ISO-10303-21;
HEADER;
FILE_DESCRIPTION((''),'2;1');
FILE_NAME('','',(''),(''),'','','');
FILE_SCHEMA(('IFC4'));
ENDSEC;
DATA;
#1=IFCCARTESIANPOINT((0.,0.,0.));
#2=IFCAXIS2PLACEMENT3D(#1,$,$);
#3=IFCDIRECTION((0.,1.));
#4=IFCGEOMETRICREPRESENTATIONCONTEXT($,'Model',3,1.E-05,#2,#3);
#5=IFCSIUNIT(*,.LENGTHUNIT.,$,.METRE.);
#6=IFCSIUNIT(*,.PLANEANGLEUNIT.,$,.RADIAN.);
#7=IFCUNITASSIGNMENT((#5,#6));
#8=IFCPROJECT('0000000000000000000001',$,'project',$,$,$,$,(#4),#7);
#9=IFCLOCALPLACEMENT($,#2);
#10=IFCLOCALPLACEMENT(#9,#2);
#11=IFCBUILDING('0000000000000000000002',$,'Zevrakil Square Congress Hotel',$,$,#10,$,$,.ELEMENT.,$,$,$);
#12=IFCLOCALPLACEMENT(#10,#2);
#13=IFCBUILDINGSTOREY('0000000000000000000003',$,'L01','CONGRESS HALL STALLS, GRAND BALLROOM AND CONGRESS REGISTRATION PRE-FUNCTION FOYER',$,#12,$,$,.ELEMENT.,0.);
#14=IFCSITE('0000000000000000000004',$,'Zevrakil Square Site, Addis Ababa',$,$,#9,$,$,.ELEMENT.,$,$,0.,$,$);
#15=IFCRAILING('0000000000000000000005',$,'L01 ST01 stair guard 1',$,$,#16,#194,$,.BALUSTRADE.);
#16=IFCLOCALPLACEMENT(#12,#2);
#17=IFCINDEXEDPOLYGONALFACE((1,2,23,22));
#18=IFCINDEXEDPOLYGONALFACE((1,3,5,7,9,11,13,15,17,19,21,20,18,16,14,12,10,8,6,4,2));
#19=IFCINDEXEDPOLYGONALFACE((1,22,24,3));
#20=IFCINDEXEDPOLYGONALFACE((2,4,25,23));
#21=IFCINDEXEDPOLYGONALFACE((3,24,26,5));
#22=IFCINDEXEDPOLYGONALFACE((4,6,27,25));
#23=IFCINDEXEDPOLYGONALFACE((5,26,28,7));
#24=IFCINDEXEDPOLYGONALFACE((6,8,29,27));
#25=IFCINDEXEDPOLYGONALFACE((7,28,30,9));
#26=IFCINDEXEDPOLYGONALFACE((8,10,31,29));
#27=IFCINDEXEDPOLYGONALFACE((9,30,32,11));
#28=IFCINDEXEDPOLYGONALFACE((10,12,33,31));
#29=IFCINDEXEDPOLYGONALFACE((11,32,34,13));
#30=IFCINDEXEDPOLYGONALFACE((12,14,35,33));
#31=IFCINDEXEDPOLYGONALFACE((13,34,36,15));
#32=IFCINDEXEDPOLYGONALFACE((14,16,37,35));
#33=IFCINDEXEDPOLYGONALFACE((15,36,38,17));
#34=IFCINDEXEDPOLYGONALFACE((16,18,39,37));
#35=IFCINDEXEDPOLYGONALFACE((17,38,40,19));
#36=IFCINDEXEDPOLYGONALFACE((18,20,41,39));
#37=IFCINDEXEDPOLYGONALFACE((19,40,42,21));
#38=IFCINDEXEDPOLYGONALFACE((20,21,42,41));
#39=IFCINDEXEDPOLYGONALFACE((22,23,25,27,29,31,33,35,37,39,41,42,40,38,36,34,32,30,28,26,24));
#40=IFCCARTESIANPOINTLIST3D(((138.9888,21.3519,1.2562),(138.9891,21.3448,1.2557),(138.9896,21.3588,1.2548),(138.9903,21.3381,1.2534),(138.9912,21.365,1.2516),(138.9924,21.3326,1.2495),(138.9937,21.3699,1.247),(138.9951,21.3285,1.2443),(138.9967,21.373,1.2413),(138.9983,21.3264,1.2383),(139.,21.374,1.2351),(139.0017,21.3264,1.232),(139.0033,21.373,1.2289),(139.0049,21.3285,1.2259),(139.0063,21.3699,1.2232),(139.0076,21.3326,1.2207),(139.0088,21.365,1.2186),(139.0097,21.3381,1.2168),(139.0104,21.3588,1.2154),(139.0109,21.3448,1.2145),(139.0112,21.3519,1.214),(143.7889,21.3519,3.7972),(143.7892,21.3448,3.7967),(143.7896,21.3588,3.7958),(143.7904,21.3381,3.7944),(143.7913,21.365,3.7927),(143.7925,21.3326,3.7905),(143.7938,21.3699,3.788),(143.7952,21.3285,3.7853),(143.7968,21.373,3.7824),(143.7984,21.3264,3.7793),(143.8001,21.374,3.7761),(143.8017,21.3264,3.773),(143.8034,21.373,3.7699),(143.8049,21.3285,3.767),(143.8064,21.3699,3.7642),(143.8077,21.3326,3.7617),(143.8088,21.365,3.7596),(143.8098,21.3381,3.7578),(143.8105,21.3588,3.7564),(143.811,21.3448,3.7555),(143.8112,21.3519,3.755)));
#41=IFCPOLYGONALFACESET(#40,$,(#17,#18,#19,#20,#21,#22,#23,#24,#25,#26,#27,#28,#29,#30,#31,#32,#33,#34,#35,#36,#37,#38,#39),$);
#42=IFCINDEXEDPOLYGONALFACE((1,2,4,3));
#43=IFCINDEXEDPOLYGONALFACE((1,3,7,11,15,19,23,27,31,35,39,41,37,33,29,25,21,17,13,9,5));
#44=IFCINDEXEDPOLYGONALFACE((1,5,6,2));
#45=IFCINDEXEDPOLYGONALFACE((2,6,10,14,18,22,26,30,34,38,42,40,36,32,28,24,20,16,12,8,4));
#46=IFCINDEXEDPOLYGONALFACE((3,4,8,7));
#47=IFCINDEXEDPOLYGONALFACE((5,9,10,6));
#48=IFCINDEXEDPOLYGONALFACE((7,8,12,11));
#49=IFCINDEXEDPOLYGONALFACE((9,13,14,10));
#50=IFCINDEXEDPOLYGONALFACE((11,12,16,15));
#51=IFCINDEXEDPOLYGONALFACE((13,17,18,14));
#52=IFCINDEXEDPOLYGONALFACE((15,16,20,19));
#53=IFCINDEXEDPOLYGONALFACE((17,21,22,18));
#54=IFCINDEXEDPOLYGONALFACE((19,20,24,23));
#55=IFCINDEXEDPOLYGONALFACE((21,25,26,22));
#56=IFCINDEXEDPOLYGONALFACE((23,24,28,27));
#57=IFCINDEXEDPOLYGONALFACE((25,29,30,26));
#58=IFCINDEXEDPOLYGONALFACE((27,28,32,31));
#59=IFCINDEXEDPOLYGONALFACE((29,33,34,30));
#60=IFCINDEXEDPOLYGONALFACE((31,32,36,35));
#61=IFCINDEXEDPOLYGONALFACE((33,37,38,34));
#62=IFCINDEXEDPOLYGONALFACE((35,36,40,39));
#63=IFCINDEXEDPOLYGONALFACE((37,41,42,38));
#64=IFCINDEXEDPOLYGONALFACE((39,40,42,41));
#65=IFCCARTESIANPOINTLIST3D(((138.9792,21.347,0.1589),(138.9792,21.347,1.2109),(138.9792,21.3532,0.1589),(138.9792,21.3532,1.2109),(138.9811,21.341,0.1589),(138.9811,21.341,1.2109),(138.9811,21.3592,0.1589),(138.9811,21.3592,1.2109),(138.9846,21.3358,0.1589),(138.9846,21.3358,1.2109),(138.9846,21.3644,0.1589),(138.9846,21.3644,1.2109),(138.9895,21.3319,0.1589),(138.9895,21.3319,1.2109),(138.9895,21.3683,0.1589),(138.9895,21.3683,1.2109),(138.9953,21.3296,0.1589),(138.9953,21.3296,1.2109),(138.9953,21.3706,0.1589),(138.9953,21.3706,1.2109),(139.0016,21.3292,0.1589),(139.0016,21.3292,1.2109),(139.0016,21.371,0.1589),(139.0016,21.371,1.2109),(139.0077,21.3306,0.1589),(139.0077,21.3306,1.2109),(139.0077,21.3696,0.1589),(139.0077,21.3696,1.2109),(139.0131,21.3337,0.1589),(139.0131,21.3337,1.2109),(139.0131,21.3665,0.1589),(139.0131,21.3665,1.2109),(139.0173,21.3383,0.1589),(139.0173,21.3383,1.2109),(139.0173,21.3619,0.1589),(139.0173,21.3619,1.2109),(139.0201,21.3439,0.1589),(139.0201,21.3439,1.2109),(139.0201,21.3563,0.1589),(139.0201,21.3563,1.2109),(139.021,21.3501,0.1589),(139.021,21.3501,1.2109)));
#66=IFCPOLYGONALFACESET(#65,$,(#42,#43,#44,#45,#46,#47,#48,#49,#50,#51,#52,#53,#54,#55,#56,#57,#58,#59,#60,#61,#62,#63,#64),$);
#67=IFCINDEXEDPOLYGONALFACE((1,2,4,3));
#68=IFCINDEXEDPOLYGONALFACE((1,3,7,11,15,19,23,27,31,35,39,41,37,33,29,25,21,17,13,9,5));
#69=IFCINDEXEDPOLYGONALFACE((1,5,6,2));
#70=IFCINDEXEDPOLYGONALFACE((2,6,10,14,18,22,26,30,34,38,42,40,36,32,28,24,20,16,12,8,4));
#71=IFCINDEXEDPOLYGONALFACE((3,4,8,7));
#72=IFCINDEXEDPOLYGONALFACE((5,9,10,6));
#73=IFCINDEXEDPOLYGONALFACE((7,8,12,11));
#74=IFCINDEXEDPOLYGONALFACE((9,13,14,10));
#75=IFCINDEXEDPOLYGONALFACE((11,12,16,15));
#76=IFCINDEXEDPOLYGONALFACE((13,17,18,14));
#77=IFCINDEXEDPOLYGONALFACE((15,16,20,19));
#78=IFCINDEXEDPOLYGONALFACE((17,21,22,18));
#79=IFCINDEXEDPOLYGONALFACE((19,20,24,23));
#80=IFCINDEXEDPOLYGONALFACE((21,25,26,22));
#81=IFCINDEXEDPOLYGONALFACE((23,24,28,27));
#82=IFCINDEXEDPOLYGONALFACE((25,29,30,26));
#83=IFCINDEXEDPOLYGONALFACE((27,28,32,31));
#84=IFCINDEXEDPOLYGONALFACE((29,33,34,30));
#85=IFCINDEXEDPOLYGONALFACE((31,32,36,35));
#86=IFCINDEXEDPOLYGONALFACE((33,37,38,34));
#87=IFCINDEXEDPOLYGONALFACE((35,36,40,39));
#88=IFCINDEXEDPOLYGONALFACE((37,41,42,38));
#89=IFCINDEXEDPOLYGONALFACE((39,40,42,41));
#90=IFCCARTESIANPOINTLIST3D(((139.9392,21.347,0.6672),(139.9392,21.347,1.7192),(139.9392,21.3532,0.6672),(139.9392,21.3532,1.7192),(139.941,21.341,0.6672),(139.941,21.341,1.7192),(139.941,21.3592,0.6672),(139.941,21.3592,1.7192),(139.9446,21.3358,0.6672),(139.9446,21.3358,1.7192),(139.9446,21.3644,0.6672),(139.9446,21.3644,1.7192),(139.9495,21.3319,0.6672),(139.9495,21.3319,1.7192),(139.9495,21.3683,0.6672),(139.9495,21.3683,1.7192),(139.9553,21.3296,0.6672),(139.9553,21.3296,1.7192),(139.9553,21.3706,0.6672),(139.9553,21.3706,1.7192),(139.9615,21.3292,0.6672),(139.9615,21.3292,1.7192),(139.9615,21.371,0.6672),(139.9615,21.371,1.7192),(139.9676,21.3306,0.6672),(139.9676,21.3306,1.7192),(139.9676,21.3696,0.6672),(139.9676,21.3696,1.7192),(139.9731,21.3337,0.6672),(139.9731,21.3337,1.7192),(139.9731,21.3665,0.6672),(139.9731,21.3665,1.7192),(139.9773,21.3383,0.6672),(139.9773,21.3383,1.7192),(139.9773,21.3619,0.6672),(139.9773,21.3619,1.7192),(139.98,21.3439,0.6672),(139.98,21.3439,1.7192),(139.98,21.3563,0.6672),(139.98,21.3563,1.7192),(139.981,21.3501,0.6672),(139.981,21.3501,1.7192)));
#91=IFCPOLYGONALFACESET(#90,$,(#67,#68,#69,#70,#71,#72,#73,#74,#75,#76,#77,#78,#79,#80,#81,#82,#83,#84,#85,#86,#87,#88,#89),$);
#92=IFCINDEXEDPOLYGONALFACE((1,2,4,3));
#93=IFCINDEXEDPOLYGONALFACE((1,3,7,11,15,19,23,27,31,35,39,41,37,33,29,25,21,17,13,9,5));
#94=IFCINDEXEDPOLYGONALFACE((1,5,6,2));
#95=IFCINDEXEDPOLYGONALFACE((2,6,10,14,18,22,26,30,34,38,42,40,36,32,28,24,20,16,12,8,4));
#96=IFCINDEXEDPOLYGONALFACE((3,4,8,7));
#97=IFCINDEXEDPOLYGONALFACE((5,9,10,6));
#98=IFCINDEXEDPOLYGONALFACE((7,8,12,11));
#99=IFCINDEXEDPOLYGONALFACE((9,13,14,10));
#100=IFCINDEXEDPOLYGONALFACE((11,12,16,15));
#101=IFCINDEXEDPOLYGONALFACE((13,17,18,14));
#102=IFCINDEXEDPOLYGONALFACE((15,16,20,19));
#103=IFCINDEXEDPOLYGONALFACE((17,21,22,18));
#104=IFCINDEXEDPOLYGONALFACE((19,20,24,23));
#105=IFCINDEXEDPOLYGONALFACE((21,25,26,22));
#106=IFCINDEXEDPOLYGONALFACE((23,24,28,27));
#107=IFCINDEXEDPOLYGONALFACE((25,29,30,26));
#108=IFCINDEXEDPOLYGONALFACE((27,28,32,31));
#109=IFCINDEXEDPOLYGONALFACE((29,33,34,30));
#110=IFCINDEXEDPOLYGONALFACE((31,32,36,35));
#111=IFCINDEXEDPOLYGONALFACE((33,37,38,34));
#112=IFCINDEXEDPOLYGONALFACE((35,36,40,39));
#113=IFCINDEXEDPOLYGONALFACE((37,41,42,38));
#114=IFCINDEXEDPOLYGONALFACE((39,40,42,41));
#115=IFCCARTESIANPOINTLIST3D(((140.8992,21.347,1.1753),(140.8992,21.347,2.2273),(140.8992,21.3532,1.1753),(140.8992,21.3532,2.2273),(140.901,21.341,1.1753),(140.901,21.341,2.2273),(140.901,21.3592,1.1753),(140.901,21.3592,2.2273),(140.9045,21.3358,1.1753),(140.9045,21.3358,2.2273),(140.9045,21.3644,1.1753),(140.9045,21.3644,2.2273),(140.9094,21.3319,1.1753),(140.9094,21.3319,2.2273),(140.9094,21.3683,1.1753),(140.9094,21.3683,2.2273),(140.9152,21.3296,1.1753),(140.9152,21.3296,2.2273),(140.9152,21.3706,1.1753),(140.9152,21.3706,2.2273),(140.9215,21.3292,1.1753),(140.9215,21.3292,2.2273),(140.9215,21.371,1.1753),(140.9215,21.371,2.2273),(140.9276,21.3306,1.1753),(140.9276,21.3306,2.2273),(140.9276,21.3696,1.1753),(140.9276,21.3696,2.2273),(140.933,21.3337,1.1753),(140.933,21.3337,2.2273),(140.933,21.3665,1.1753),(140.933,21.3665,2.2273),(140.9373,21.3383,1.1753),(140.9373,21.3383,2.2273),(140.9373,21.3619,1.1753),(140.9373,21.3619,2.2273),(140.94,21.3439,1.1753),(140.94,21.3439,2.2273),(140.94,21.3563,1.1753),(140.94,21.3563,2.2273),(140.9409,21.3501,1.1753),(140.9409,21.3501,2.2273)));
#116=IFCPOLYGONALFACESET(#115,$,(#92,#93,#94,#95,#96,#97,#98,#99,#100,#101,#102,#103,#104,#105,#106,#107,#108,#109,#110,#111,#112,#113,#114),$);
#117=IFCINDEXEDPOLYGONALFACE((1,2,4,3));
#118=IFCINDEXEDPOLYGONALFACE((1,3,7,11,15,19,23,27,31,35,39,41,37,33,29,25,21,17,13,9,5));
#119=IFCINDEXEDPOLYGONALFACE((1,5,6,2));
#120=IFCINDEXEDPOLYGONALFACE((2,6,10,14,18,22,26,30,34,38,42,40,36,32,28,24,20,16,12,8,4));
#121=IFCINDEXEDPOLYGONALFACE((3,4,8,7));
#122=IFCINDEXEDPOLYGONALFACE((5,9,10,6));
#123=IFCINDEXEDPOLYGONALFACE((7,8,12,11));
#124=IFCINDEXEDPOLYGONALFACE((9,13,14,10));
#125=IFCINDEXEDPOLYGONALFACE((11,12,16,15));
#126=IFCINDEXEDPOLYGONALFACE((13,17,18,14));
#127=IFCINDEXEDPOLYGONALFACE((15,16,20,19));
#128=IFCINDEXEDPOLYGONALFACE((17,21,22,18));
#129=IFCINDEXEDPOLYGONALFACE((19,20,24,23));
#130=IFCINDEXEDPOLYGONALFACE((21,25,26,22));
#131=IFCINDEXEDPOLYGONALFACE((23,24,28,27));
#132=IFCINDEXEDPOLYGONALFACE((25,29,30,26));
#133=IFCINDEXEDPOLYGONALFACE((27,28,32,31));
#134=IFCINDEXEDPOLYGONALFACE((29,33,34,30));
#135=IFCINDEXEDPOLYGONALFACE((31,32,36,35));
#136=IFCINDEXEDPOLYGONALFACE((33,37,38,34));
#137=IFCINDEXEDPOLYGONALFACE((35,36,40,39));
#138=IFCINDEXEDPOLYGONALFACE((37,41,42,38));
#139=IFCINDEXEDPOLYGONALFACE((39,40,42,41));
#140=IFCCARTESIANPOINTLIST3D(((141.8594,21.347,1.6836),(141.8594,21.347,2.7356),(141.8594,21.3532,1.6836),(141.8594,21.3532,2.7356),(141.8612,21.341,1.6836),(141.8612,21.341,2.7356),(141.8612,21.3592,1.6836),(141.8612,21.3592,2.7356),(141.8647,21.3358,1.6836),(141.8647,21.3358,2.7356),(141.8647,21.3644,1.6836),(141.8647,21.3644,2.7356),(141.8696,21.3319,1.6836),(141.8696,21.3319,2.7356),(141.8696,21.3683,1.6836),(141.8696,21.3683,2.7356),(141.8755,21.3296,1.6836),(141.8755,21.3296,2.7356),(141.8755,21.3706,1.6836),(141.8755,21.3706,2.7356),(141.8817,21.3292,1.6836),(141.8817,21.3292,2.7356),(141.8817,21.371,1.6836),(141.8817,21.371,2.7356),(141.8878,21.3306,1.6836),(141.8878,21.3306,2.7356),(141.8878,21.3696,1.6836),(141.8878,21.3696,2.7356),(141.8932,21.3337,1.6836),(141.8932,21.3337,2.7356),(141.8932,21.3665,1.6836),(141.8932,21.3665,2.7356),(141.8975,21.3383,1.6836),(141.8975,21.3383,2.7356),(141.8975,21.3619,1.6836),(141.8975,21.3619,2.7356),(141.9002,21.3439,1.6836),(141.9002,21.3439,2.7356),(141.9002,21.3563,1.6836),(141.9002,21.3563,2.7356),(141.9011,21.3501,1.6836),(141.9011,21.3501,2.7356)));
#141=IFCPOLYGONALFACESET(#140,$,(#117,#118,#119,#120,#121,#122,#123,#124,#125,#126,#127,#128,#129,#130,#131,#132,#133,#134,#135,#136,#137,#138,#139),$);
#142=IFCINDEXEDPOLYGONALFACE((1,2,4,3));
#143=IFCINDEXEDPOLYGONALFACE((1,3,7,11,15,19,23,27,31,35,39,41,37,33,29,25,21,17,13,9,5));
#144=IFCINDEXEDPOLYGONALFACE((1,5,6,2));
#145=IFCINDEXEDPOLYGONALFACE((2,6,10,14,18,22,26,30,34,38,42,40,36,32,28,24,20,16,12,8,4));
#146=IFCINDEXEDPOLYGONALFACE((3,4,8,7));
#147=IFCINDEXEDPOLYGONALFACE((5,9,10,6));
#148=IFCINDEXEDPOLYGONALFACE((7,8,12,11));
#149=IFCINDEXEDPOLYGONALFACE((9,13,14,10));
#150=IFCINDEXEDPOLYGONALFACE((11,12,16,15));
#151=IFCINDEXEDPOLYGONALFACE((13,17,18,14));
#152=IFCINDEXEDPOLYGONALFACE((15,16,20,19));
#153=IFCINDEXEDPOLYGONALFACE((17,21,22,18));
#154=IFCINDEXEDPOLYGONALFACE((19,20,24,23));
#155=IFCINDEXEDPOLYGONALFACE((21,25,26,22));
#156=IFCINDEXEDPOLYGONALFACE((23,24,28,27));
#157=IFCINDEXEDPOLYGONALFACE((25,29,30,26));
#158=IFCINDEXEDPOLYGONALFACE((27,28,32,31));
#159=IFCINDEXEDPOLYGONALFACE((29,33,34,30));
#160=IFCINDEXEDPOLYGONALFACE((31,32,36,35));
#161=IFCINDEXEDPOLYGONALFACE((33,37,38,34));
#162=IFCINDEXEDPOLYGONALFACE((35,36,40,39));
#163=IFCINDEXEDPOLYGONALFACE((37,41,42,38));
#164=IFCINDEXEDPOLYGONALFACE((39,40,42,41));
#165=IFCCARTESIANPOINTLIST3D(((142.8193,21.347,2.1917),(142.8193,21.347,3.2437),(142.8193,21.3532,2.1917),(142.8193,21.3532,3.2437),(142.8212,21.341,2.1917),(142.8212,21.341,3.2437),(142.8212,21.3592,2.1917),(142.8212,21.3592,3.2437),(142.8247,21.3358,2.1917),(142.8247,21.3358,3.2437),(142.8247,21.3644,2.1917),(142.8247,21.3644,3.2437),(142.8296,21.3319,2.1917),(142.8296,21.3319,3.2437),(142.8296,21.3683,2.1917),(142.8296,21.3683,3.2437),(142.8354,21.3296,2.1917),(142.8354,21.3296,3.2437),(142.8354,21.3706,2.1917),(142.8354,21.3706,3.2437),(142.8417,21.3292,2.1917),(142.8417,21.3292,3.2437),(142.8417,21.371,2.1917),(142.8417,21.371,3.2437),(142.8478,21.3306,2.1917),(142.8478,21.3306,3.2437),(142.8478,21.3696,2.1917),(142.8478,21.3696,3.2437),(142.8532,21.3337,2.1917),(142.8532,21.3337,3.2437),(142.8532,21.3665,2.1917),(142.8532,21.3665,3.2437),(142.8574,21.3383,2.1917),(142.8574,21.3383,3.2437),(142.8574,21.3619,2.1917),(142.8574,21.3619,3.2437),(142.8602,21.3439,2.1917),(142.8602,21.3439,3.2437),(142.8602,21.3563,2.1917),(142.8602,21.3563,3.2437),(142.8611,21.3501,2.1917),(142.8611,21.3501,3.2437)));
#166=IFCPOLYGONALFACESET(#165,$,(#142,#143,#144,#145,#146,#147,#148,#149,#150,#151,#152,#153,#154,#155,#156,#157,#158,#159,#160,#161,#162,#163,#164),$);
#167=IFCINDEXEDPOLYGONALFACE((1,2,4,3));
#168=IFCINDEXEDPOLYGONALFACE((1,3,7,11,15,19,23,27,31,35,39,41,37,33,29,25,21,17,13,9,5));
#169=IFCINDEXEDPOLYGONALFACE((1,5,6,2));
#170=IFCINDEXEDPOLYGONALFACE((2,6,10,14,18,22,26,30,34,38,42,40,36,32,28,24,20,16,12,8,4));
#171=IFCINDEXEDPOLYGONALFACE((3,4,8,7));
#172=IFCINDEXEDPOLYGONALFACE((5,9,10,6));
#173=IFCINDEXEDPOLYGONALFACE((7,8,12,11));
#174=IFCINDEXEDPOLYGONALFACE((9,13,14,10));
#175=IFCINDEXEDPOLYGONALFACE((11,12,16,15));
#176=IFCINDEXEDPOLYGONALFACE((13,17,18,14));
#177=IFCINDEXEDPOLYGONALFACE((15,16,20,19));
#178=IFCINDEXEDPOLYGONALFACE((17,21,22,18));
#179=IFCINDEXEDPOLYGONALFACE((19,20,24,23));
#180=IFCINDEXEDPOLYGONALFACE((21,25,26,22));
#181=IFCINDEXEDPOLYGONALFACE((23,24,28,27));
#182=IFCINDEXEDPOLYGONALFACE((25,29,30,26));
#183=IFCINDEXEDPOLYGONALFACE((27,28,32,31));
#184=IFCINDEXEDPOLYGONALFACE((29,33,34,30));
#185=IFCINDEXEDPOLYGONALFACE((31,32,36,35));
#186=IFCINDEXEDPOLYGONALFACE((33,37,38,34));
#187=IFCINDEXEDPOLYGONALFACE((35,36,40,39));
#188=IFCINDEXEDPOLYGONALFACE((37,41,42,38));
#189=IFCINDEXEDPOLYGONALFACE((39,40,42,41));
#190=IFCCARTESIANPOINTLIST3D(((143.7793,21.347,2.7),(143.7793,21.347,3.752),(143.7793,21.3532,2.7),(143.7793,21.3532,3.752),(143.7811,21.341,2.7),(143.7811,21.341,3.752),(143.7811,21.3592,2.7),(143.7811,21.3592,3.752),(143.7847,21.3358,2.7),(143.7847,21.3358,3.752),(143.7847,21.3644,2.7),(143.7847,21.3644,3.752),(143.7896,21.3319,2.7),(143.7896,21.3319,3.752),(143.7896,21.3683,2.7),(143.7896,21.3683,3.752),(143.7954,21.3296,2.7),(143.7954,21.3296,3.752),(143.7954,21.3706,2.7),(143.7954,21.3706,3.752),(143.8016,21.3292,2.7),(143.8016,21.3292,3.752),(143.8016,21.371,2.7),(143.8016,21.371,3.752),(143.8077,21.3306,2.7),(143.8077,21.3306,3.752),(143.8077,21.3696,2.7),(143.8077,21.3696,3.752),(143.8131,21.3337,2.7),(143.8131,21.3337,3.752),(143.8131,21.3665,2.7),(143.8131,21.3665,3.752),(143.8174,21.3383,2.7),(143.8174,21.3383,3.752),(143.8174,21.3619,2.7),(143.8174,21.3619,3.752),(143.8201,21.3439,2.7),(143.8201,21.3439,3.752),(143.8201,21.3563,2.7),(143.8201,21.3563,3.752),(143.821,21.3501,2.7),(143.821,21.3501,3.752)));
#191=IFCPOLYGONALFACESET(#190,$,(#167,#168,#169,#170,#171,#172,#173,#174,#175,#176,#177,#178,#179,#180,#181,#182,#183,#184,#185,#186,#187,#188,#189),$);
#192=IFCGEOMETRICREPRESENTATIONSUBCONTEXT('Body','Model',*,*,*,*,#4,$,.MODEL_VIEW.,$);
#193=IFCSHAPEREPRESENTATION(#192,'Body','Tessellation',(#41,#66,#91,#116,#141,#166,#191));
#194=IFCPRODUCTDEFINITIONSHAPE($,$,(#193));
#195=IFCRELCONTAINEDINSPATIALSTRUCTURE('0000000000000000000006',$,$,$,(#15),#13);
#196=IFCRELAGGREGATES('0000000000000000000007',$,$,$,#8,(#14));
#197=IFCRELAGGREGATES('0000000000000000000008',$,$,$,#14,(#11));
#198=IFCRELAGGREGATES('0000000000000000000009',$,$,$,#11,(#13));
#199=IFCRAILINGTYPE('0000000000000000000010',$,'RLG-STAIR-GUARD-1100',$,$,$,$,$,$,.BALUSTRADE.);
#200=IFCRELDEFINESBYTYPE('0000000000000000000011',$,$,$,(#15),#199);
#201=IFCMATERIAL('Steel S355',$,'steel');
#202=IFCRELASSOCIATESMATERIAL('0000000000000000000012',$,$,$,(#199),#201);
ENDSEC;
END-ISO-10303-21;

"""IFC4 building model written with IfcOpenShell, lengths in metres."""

from ifc_helpers import new_model, si_unit, direction, frame, origin, origin_2d, place, context, subcontext, project, spatial, circle, extrude, material, type_object, element, save


model = new_model("IFC4")

# Units and contexts
model_context = context("Model", 3, precision=1e-05, world=origin(), true_north=direction((0.0, 1.0)))
body_context = subcontext(model_context, "Body", "Model", "MODEL_VIEW")
ifc_project = project(units=[si_unit("LENGTHUNIT", "METRE"), si_unit("PLANEANGLEUNIT", "RADIAN")], contexts=[model_context])

# Site, building, storey
site_placement = place(None, origin())
site = spatial("IfcSite", under=ifc_project, at=site_placement, Name="Zevrakil Square Site, Addis Ababa", CompositionType="ELEMENT", RefElevation=0.0)
building_placement = place(site_placement, origin())
building = spatial("IfcBuilding", under=site, at=building_placement, Name="Zevrakil Square Congress Hotel", CompositionType="ELEMENT")
storey_placement = place(building_placement, origin())
storey = spatial("IfcBuildingStorey", under=building, at=storey_placement, Name="L01", Description="CONGRESS HALL STALLS, GRAND BALLROOM AND CONGRESS REGISTRATION PRE-FUNCTION FOYER", CompositionType="ELEMENT", Elevation=0.0)

# Railing
ifc_material_1 = material(Name="Steel S355", Category="steel")
railing_type_1 = type_object("IfcRailingType", Name="RLG-STAIR-GUARD-1100", PredefinedType="BALUSTRADE", material=ifc_material_1)
railing_1_placement = place(storey_placement, frame((139.0, 21.3501, 0.1589)))
element("IfcRailing", 1, at=railing_1_placement, inside=storey, type_object=railing_type_1, Name="L01 ST01 stair guard 1", PredefinedType="BALUSTRADE", context=body_context, shape_type="SweptSolid", body=[
    extrude(circle(Radius=0.0239, at=origin_2d()), frame((0.0, 0.0, 1.0762), z_axis=(0.883802, 0.0, 0.467861), x_axis=(0.0, 1.0, 0.0)), (0.0, 0.0, 1.0), 5.4312),
    extrude(circle(Radius=0.021, at=origin_2d()), origin(), (0.0, 0.0, 1.0), 1.052),
    extrude(circle(Radius=0.021, at=origin_2d()), frame((0.96, 0.0, 0.5083)), (0.0, 0.0, 1.0), 1.052),
    extrude(circle(Radius=0.021, at=origin_2d()), frame((1.9199, 0.0, 1.0164)), (0.0, 0.0, 1.0), 1.052),
    extrude(circle(Radius=0.021, at=origin_2d()), frame((2.8801, 0.0, 1.5247)), (0.0, 0.0, 1.0), 1.052),
    extrude(circle(Radius=0.021, at=origin_2d()), frame((3.8401, 0.0, 2.0327)), (0.0, 0.0, 1.0), 1.052),
    extrude(circle(Radius=0.021, at=origin_2d()), frame((4.8, 0.0, 2.541)), (0.0, 0.0, 1.0), 1.052),
])

save(model, "model.ifc")
